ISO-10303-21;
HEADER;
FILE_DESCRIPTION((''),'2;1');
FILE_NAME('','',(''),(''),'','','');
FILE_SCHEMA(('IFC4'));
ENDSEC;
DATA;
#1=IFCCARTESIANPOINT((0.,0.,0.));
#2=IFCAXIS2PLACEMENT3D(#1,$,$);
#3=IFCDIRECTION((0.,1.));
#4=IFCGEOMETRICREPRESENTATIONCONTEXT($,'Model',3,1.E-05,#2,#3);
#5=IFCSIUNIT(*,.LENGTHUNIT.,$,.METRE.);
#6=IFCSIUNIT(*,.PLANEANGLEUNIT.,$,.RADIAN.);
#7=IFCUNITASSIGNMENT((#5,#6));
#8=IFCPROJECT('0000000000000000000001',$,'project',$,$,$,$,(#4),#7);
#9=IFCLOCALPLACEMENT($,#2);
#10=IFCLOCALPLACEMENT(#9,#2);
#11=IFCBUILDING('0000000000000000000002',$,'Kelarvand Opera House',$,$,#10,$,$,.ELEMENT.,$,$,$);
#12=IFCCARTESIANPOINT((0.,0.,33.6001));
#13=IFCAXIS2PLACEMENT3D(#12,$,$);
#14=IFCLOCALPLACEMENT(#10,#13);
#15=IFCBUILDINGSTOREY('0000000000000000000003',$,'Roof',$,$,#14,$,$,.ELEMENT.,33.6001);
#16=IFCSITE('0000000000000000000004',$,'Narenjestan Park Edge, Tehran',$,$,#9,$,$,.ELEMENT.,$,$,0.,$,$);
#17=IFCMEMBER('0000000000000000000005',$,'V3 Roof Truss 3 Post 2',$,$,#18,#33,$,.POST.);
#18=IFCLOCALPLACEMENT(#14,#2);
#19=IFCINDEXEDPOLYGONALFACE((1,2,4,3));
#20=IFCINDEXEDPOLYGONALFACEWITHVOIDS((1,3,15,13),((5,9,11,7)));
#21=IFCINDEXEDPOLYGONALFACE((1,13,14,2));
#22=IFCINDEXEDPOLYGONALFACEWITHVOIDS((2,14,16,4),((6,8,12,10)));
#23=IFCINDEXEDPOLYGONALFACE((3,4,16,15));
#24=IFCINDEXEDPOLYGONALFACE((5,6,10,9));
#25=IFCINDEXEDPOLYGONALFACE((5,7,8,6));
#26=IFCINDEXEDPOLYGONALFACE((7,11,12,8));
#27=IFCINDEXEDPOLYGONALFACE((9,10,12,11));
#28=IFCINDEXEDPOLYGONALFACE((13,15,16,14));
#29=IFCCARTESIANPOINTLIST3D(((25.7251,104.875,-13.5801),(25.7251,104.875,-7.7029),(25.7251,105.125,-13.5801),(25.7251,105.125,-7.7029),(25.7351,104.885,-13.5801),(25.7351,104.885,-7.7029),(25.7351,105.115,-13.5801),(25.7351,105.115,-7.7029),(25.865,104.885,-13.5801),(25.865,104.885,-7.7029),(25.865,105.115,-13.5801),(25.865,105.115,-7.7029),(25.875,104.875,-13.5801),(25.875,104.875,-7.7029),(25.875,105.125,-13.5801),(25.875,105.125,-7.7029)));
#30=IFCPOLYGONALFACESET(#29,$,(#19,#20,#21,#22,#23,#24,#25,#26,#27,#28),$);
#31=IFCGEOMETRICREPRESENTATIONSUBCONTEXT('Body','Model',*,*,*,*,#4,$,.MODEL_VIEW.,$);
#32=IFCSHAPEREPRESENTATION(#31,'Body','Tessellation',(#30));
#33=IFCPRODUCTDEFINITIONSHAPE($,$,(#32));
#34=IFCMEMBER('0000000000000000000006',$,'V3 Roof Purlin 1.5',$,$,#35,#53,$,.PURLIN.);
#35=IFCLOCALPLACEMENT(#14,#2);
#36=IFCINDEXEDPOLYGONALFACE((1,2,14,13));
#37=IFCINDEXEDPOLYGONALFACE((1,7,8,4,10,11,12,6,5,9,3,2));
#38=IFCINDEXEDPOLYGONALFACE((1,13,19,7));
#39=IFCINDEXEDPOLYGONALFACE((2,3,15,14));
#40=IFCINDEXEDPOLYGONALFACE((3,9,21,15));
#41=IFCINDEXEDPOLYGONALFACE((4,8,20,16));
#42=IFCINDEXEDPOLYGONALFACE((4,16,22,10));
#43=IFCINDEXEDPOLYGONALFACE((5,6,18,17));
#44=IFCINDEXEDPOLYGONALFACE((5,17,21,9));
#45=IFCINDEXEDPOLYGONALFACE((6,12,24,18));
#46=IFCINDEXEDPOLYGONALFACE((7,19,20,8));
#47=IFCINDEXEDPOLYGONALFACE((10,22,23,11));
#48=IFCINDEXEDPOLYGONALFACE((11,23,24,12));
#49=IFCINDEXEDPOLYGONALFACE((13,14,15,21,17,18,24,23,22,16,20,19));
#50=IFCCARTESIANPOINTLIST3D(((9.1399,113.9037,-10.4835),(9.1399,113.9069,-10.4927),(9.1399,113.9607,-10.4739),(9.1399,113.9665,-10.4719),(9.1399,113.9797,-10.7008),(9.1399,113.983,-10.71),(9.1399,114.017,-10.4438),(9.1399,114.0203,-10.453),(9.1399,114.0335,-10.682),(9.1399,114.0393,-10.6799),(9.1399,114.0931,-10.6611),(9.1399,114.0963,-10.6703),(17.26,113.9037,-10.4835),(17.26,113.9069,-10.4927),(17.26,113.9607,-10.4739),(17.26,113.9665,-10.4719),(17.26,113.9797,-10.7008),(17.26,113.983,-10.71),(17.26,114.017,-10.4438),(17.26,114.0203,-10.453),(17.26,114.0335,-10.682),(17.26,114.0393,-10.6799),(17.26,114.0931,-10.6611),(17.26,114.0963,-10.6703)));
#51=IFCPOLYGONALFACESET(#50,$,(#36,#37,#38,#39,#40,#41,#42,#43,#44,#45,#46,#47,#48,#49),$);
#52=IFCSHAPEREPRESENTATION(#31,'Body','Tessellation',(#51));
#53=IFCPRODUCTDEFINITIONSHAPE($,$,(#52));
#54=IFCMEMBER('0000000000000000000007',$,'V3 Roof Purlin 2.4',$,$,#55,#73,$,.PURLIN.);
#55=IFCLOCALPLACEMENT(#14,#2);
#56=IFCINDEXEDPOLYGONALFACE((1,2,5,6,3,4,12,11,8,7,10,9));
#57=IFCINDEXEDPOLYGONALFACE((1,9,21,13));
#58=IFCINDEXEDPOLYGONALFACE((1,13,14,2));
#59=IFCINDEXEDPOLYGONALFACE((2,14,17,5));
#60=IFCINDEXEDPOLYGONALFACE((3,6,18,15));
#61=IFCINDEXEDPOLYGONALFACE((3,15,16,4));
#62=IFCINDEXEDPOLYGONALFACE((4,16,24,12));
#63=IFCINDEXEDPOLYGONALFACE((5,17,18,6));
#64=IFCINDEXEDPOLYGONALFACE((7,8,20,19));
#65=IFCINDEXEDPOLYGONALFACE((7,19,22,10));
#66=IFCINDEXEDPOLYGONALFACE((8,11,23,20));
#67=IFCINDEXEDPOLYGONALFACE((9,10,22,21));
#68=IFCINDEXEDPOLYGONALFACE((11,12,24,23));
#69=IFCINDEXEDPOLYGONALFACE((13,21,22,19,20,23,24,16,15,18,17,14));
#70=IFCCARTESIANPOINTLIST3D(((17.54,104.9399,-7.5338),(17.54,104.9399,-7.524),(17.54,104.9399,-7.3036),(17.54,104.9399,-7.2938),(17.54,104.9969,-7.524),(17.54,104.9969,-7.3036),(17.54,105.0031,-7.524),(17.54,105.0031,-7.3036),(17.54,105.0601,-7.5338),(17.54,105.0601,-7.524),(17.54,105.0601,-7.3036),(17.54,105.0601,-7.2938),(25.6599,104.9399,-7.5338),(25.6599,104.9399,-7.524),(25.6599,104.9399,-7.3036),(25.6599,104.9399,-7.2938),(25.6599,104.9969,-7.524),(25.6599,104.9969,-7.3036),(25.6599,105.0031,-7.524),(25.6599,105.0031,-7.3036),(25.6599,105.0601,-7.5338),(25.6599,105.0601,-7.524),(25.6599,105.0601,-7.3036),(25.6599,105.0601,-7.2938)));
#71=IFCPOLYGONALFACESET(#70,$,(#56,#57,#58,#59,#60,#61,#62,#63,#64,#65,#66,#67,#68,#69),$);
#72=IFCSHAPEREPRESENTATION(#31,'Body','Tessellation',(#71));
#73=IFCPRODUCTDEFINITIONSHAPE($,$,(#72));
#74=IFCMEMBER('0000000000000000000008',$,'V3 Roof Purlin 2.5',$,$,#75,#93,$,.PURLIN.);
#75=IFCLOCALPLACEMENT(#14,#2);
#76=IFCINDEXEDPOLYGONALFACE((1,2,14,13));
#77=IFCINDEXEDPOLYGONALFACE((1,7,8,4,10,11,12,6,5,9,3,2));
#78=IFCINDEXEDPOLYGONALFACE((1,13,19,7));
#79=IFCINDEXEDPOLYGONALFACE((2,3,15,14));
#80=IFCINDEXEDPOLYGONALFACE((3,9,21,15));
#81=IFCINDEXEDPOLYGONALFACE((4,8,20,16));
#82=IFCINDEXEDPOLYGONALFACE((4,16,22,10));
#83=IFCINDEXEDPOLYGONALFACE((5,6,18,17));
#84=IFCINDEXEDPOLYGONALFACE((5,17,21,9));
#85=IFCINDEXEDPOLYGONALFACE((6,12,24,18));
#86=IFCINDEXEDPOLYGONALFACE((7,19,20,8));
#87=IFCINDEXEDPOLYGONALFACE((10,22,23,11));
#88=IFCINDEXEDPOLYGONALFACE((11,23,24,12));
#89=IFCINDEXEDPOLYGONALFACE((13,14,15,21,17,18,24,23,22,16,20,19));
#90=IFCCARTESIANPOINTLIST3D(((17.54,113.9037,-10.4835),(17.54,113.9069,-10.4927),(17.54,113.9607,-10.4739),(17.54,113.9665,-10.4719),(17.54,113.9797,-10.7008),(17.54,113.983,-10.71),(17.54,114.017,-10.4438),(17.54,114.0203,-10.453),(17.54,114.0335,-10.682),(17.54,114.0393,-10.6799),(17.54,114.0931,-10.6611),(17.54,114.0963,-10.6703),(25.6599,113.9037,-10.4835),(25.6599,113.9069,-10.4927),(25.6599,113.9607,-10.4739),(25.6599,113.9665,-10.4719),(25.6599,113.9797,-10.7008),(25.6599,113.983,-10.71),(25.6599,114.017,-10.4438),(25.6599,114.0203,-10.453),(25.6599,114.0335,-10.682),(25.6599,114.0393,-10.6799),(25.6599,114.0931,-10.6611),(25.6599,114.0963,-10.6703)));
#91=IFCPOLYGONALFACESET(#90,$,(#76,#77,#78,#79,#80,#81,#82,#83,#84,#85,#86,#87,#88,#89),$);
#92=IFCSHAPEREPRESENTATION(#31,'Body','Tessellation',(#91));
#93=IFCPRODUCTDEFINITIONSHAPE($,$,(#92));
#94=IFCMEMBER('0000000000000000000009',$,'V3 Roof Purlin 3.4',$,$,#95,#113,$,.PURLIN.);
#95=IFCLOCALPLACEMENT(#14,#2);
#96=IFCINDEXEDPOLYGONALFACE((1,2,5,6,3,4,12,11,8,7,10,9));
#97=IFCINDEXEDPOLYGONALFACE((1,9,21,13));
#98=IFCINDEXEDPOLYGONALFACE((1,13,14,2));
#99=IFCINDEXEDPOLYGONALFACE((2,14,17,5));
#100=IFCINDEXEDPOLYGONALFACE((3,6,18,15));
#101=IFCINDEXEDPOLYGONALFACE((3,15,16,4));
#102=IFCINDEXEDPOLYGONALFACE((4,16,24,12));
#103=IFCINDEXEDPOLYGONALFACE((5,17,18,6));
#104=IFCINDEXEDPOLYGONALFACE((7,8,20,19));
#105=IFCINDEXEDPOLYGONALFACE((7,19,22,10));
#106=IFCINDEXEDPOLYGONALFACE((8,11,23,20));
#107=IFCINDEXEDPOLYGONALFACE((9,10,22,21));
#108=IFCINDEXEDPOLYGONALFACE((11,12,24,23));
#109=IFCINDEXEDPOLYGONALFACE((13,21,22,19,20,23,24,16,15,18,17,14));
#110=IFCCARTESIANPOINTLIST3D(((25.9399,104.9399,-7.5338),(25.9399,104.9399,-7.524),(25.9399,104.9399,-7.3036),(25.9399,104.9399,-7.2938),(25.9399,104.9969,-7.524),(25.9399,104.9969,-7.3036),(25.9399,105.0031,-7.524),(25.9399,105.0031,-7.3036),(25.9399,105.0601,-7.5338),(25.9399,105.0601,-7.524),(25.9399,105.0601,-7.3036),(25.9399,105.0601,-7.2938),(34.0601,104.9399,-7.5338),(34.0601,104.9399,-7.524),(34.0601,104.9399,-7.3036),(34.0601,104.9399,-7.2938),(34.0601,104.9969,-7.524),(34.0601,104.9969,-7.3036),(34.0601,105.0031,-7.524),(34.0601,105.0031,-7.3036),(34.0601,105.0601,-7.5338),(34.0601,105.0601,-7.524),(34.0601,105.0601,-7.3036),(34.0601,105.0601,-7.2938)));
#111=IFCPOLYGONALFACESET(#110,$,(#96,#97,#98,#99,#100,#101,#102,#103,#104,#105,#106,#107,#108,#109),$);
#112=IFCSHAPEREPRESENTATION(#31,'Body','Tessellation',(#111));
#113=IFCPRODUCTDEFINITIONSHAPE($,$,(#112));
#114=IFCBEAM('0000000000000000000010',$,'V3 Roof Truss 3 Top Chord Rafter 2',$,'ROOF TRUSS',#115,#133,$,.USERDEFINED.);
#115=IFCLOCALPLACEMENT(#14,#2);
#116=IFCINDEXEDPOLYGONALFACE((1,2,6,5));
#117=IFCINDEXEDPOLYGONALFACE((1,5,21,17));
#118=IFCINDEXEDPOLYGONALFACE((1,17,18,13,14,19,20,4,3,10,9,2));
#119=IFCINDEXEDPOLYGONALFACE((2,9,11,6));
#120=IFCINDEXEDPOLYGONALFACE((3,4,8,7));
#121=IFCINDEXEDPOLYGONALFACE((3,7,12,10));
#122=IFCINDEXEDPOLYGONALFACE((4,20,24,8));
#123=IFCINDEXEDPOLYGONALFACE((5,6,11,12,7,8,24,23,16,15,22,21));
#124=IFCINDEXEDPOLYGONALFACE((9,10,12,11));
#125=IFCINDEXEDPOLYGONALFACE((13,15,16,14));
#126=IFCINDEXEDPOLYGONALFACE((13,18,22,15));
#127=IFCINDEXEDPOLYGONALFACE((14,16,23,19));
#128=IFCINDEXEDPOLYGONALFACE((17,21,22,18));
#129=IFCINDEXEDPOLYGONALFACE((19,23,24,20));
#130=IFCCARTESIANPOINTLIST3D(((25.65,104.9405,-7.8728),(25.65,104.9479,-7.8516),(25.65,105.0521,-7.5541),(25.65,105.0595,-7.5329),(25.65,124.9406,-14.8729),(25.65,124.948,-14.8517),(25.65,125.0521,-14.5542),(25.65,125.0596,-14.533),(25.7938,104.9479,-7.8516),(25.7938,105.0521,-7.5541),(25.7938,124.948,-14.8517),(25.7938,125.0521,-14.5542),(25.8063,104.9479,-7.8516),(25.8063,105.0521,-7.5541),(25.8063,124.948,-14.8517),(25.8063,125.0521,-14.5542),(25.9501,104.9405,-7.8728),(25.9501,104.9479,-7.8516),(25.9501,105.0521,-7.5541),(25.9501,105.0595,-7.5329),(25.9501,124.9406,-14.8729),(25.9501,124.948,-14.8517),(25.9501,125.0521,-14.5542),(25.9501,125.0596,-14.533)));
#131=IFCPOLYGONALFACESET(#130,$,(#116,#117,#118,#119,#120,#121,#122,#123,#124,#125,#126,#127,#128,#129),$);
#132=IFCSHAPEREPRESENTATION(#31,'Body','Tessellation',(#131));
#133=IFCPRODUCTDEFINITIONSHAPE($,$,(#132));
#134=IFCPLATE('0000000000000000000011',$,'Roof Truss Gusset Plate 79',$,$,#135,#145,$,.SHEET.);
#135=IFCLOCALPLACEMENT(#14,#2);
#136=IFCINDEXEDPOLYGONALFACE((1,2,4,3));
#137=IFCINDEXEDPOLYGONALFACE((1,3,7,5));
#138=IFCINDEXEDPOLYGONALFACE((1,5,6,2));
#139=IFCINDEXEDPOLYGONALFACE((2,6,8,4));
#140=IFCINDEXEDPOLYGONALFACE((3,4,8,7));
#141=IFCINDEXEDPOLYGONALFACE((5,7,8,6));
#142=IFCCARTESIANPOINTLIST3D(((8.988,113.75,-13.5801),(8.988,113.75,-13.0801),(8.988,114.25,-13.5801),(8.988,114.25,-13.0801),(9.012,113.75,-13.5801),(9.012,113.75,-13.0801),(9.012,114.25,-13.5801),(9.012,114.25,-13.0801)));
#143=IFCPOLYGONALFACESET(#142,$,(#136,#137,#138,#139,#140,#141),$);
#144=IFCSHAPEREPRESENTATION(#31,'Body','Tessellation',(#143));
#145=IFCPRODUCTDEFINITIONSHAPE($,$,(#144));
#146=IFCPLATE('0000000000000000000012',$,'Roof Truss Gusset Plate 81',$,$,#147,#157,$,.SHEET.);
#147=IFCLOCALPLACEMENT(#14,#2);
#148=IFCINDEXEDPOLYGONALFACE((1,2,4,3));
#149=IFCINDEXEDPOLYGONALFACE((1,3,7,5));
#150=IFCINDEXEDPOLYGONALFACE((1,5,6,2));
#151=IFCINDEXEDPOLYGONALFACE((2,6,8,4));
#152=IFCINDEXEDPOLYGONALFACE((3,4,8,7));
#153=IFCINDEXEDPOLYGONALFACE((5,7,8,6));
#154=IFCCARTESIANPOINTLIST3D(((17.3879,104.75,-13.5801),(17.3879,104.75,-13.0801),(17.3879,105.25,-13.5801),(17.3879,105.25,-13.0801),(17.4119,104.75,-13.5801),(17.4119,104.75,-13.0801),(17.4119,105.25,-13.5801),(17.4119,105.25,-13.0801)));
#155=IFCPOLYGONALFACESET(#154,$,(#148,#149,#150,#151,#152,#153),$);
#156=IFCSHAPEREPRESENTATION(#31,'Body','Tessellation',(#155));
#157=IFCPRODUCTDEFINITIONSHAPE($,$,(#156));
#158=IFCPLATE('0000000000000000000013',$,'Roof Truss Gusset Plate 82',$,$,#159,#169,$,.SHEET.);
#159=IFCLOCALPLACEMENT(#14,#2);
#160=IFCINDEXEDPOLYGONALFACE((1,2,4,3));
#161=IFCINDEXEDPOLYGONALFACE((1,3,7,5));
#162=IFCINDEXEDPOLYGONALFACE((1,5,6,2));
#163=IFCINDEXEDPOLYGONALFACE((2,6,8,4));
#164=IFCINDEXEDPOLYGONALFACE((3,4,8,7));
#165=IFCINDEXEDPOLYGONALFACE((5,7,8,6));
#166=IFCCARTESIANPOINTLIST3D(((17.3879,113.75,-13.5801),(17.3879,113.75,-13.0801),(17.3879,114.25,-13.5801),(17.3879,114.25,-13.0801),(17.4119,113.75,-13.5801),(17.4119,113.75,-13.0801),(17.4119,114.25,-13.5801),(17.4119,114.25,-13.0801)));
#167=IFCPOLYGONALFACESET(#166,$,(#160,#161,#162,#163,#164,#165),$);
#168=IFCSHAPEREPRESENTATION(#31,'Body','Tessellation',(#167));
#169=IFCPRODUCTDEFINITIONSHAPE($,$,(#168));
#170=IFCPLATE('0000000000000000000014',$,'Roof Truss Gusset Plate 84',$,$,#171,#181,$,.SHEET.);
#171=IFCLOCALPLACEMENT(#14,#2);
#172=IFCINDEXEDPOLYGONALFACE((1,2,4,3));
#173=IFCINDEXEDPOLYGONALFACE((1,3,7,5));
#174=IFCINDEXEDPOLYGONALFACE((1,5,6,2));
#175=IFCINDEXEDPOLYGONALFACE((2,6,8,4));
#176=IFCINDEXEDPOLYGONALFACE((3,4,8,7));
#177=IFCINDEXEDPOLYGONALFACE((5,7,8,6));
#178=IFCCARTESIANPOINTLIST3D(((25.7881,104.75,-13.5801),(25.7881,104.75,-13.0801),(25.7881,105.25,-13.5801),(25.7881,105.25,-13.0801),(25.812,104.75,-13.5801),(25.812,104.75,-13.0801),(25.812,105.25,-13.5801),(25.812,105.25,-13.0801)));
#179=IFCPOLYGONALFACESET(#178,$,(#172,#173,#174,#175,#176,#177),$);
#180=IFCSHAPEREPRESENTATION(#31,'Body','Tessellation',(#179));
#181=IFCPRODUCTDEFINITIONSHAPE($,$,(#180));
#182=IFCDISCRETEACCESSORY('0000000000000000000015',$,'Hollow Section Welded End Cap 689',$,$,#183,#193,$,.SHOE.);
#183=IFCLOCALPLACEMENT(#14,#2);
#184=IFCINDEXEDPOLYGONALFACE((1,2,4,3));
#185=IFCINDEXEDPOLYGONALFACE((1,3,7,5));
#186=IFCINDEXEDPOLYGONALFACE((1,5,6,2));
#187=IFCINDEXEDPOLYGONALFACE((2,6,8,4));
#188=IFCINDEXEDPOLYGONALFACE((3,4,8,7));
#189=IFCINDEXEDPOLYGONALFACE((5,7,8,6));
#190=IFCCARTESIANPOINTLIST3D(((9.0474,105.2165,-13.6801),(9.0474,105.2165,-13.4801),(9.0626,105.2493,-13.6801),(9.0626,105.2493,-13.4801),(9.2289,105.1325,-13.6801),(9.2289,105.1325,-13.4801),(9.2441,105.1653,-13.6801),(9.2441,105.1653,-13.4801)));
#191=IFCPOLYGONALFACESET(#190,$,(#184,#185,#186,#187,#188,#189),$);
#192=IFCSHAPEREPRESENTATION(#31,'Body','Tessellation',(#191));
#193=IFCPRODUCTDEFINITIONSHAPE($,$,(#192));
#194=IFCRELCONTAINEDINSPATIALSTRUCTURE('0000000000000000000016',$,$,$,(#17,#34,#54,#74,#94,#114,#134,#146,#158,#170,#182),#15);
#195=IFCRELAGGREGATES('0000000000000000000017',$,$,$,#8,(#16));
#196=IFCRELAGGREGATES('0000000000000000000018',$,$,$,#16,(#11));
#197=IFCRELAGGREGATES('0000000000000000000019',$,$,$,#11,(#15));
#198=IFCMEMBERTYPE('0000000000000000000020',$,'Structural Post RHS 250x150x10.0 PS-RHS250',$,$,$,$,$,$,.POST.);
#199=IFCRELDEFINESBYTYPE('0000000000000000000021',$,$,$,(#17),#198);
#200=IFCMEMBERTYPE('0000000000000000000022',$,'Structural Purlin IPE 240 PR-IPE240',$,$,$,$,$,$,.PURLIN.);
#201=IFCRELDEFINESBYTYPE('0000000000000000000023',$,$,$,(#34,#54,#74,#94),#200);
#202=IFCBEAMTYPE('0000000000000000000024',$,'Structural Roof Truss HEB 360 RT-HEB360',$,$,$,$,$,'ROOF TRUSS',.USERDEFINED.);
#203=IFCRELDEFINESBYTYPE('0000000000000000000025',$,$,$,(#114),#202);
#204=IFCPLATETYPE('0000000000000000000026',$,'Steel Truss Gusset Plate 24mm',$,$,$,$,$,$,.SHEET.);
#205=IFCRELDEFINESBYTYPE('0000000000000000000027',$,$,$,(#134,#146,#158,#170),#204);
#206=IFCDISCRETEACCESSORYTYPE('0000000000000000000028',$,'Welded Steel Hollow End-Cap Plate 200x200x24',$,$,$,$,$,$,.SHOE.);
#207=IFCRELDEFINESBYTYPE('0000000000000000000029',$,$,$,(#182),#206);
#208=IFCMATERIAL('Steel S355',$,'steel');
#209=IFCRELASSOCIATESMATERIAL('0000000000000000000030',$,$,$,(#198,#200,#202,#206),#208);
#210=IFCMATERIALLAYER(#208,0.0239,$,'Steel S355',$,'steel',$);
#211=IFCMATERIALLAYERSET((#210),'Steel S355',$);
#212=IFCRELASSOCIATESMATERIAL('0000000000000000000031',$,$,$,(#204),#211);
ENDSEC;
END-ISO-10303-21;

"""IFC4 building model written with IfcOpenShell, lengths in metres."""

from ifc_helpers import new_model, si_unit, direction, frame, origin, origin_2d, place, context, subcontext, project, spatial, rectangle, hollow_rectangle, i_section, extrude, material, layer, layer_set, material_profile, profile_set, type_object, element, save


model = new_model("IFC4")

# Units and contexts
model_context = context("Model", 3, precision=1e-05, world=origin(), true_north=direction((0.0, 1.0)))
body_context = subcontext(model_context, "Body", "Model", "MODEL_VIEW")
ifc_project = project(units=[si_unit("LENGTHUNIT", "METRE"), si_unit("PLANEANGLEUNIT", "RADIAN")], contexts=[model_context])

# Site, building, storey
site_placement = place(None, origin())
site = spatial("IfcSite", under=ifc_project, at=site_placement, Name="Narenjestan Park Edge, Tehran", CompositionType="ELEMENT", RefElevation=0.0)
building_placement = place(site_placement, origin())
building = spatial("IfcBuilding", under=site, at=building_placement, Name="Kelarvand Opera House", CompositionType="ELEMENT")
storey_placement = place(building_placement, frame((0.0, 0.0, 33.6001)))
storey = spatial("IfcBuildingStorey", under=building, at=storey_placement, Name="Roof", CompositionType="ELEMENT", Elevation=33.6001)

# Members
ifc_material = material(Name="Steel S355", Category="steel")
ifc_material_profile_1 = material_profile(ifc_material, hollow_rectangle(XDim=0.1499, YDim=0.25, WallThickness=0.01, at=origin_2d()), Name="RHS 250x150x10.0", Category="steel")
ifc_profile_set_1 = profile_set([ifc_material_profile_1], Name="Steel S355")
member_type_1 = type_object("IfcMemberType", Name="Structural Post RHS 250x150x10.0 PS-RHS250", PredefinedType="POST", material=ifc_profile_set_1)
member_1_placement = place(storey_placement, frame((25.8, 105.0, -13.5801), z_axis=(0.0, 0.0, 1.0), x_axis=(1.0, 0.0, 0.0)))
element("IfcMember", 1, at=member_1_placement, inside=storey, type_object=member_type_1, Name="V3 Roof Truss 3 Post 2", PredefinedType="POST", context=body_context, shape_type="SweptSolid", body=[
    extrude(hollow_rectangle(XDim=0.1499, YDim=0.25, WallThickness=0.01, at=origin_2d()), origin(), (0.0, 0.0, 1.0), 5.8772),
])
ifc_material_profile_2 = material_profile(ifc_material, i_section(OverallWidth=0.1201, OverallDepth=0.24, WebThickness=0.0061, FlangeThickness=0.0098, at=origin_2d()), Name="IPE 240", Category="steel")
ifc_profile_set_2 = profile_set([ifc_material_profile_2], Name="Steel S355")
member_type_2 = type_object("IfcMemberType", Name="Structural Purlin IPE 240 PR-IPE240", PredefinedType="PURLIN", material=ifc_profile_set_2)
member_2_placement = place(storey_placement, frame((9.1399, 114.0, -10.5769), z_axis=(1.0, 0.0, 0.0), x_axis=(0.0, 0.943859, 0.33035)))
element("IfcMember", 2, at=member_2_placement, inside=storey, type_object=member_type_2, Name="V3 Roof Purlin 1.5", PredefinedType="PURLIN", context=body_context, shape_type="SweptSolid", body=[
    extrude(i_section(OverallWidth=0.1201, OverallDepth=0.24, WebThickness=0.0061, FlangeThickness=0.0098, at=origin_2d()), origin(), (0.0, 0.0, 1.0), 8.1201),
])
for number, where, z_axis, x_axis, name in (
    (3, (17.54, 105.0, -7.4138), (1.0, 0.0, 0.0), (0.0, 1.0, 0.0), "V3 Roof Purlin 2.4"),
    (4, (17.54, 114.0, -10.5769), (1.0, 0.0, 0.0), (0.0, 0.943859, 0.33035), "V3 Roof Purlin 2.5"),
):
    element("IfcMember", number, at=place(storey_placement, frame(where, z_axis=z_axis, x_axis=x_axis)), inside=storey, type_object=member_type_2, Name=name, PredefinedType="PURLIN", context=body_context, shape_type="SweptSolid", body=[
        extrude(i_section(OverallWidth=0.1201, OverallDepth=0.24, WebThickness=0.0061, FlangeThickness=0.0098, at=origin_2d()), origin(), (0.0, 0.0, 1.0), 8.1199),
    ])
member_3_placement = place(storey_placement, frame((25.9399, 105.0, -7.4138), z_axis=(1.0, 0.0, 0.0), x_axis=(0.0, 1.0, 0.0)))
element("IfcMember", 5, at=member_3_placement, inside=storey, type_object=member_type_2, Name="V3 Roof Purlin 3.4", PredefinedType="PURLIN", context=body_context, shape_type="SweptSolid", body=[
    extrude(i_section(OverallWidth=0.1201, OverallDepth=0.24, WebThickness=0.0061, FlangeThickness=0.0098, at=origin_2d()), origin(), (0.0, 0.0, 1.0), 8.1201),
])

# Beam
ifc_material_profile_3 = material_profile(ifc_material, i_section(OverallWidth=0.3, OverallDepth=0.3601, WebThickness=0.0125, FlangeThickness=0.0225, at=origin_2d()), Name="HEB 360", Category="steel")
ifc_profile_set_3 = profile_set([ifc_material_profile_3], Name="Steel S355")
beam_type = type_object("IfcBeamType", Name="Structural Roof Truss HEB 360 RT-HEB360", ElementType="ROOF TRUSS", PredefinedType="USERDEFINED", material=ifc_profile_set_3)
beam_placement = place(storey_placement, frame((25.8, 105.0, -7.7029), z_axis=(0.0, 0.943858, -0.33035), x_axis=(-1.0, 0.0, 0.0)))
element("IfcBeam", 6, at=beam_placement, inside=storey, type_object=beam_type, Name="V3 Roof Truss 3 Top Chord Rafter 2", ObjectType="ROOF TRUSS", PredefinedType="USERDEFINED", context=body_context, shape_type="SweptSolid", body=[
    extrude(i_section(OverallWidth=0.3, OverallDepth=0.3601, WebThickness=0.0125, FlangeThickness=0.0225, at=origin_2d()), origin(), (0.0, 0.0, 1.0), 21.1897),
])

# Plates
ifc_layer = layer(ifc_material, 0.0239, Name="Steel S355", Category="steel")
ifc_layer_set = layer_set([ifc_layer], Name="Steel S355")
plate_type = type_object("IfcPlateType", Name="Steel Truss Gusset Plate 24mm", PredefinedType="SHEET", material=ifc_layer_set)
for number, where, z_axis, x_axis, name in (
    (7, (9.0, 114.0, -13.5801), (0.0, 0.0, 1.0), (1.0, 0.0, 0.0), "Roof Truss Gusset Plate 79"),
    (8, (17.3999, 105.0, -13.5801), (0.0, 0.0, 1.0), (1.0, 0.0, 0.0), "Roof Truss Gusset Plate 81"),
    (9, (17.3999, 114.0, -13.5801), (0.0, 0.0, 1.0), (1.0, 0.0, 0.0), "Roof Truss Gusset Plate 82"),
    (10, (25.8, 105.0, -13.5801), (0.0, 0.0, 1.0), (1.0, 0.0, 0.0), "Roof Truss Gusset Plate 84"),
):
    element("IfcPlate", number, at=place(storey_placement, frame(where, z_axis=z_axis, x_axis=x_axis)), inside=storey, type_object=plate_type, Name=name, PredefinedType="SHEET", context=body_context, shape_type="SweptSolid", body=[
        extrude(rectangle(XDim=0.0239, YDim=0.5, at=origin_2d()), origin(), (0.0, 0.0, 1.0), 0.5),
    ])

# Discrete accessory
ifc_material_profile_4 = material_profile(ifc_material, rectangle(XDim=0.2, YDim=0.2, at=origin_2d()), Name="Welded Steel Hollow End-Cap Plate 200x200x24", Category="steel")
ifc_profile_set_4 = profile_set([ifc_material_profile_4], Name="Steel S355")
discrete_accessory_type_1 = type_object("IfcDiscreteAccessoryType", Name="Welded Steel Hollow End-Cap Plate 200x200x24", PredefinedType="SHOE", material=ifc_profile_set_4)
discrete_accessory_1_placement = place(storey_placement, frame((9.1533, 105.2073, -13.5801), z_axis=(-0.419917, -0.907563, 0.0), x_axis=(0.907563, -0.419917, 0.0)))
element("IfcDiscreteAccessory", 11, at=discrete_accessory_1_placement, inside=storey, type_object=discrete_accessory_type_1, Name="Hollow Section Welded End Cap 689", PredefinedType="SHOE", context=body_context, shape_type="SweptSolid", body=[
    extrude(rectangle(XDim=0.2, YDim=0.2, at=origin_2d()), origin(), (0.0, 0.0, 1.0), 0.0361),
])

save(model, "model.ifc")
